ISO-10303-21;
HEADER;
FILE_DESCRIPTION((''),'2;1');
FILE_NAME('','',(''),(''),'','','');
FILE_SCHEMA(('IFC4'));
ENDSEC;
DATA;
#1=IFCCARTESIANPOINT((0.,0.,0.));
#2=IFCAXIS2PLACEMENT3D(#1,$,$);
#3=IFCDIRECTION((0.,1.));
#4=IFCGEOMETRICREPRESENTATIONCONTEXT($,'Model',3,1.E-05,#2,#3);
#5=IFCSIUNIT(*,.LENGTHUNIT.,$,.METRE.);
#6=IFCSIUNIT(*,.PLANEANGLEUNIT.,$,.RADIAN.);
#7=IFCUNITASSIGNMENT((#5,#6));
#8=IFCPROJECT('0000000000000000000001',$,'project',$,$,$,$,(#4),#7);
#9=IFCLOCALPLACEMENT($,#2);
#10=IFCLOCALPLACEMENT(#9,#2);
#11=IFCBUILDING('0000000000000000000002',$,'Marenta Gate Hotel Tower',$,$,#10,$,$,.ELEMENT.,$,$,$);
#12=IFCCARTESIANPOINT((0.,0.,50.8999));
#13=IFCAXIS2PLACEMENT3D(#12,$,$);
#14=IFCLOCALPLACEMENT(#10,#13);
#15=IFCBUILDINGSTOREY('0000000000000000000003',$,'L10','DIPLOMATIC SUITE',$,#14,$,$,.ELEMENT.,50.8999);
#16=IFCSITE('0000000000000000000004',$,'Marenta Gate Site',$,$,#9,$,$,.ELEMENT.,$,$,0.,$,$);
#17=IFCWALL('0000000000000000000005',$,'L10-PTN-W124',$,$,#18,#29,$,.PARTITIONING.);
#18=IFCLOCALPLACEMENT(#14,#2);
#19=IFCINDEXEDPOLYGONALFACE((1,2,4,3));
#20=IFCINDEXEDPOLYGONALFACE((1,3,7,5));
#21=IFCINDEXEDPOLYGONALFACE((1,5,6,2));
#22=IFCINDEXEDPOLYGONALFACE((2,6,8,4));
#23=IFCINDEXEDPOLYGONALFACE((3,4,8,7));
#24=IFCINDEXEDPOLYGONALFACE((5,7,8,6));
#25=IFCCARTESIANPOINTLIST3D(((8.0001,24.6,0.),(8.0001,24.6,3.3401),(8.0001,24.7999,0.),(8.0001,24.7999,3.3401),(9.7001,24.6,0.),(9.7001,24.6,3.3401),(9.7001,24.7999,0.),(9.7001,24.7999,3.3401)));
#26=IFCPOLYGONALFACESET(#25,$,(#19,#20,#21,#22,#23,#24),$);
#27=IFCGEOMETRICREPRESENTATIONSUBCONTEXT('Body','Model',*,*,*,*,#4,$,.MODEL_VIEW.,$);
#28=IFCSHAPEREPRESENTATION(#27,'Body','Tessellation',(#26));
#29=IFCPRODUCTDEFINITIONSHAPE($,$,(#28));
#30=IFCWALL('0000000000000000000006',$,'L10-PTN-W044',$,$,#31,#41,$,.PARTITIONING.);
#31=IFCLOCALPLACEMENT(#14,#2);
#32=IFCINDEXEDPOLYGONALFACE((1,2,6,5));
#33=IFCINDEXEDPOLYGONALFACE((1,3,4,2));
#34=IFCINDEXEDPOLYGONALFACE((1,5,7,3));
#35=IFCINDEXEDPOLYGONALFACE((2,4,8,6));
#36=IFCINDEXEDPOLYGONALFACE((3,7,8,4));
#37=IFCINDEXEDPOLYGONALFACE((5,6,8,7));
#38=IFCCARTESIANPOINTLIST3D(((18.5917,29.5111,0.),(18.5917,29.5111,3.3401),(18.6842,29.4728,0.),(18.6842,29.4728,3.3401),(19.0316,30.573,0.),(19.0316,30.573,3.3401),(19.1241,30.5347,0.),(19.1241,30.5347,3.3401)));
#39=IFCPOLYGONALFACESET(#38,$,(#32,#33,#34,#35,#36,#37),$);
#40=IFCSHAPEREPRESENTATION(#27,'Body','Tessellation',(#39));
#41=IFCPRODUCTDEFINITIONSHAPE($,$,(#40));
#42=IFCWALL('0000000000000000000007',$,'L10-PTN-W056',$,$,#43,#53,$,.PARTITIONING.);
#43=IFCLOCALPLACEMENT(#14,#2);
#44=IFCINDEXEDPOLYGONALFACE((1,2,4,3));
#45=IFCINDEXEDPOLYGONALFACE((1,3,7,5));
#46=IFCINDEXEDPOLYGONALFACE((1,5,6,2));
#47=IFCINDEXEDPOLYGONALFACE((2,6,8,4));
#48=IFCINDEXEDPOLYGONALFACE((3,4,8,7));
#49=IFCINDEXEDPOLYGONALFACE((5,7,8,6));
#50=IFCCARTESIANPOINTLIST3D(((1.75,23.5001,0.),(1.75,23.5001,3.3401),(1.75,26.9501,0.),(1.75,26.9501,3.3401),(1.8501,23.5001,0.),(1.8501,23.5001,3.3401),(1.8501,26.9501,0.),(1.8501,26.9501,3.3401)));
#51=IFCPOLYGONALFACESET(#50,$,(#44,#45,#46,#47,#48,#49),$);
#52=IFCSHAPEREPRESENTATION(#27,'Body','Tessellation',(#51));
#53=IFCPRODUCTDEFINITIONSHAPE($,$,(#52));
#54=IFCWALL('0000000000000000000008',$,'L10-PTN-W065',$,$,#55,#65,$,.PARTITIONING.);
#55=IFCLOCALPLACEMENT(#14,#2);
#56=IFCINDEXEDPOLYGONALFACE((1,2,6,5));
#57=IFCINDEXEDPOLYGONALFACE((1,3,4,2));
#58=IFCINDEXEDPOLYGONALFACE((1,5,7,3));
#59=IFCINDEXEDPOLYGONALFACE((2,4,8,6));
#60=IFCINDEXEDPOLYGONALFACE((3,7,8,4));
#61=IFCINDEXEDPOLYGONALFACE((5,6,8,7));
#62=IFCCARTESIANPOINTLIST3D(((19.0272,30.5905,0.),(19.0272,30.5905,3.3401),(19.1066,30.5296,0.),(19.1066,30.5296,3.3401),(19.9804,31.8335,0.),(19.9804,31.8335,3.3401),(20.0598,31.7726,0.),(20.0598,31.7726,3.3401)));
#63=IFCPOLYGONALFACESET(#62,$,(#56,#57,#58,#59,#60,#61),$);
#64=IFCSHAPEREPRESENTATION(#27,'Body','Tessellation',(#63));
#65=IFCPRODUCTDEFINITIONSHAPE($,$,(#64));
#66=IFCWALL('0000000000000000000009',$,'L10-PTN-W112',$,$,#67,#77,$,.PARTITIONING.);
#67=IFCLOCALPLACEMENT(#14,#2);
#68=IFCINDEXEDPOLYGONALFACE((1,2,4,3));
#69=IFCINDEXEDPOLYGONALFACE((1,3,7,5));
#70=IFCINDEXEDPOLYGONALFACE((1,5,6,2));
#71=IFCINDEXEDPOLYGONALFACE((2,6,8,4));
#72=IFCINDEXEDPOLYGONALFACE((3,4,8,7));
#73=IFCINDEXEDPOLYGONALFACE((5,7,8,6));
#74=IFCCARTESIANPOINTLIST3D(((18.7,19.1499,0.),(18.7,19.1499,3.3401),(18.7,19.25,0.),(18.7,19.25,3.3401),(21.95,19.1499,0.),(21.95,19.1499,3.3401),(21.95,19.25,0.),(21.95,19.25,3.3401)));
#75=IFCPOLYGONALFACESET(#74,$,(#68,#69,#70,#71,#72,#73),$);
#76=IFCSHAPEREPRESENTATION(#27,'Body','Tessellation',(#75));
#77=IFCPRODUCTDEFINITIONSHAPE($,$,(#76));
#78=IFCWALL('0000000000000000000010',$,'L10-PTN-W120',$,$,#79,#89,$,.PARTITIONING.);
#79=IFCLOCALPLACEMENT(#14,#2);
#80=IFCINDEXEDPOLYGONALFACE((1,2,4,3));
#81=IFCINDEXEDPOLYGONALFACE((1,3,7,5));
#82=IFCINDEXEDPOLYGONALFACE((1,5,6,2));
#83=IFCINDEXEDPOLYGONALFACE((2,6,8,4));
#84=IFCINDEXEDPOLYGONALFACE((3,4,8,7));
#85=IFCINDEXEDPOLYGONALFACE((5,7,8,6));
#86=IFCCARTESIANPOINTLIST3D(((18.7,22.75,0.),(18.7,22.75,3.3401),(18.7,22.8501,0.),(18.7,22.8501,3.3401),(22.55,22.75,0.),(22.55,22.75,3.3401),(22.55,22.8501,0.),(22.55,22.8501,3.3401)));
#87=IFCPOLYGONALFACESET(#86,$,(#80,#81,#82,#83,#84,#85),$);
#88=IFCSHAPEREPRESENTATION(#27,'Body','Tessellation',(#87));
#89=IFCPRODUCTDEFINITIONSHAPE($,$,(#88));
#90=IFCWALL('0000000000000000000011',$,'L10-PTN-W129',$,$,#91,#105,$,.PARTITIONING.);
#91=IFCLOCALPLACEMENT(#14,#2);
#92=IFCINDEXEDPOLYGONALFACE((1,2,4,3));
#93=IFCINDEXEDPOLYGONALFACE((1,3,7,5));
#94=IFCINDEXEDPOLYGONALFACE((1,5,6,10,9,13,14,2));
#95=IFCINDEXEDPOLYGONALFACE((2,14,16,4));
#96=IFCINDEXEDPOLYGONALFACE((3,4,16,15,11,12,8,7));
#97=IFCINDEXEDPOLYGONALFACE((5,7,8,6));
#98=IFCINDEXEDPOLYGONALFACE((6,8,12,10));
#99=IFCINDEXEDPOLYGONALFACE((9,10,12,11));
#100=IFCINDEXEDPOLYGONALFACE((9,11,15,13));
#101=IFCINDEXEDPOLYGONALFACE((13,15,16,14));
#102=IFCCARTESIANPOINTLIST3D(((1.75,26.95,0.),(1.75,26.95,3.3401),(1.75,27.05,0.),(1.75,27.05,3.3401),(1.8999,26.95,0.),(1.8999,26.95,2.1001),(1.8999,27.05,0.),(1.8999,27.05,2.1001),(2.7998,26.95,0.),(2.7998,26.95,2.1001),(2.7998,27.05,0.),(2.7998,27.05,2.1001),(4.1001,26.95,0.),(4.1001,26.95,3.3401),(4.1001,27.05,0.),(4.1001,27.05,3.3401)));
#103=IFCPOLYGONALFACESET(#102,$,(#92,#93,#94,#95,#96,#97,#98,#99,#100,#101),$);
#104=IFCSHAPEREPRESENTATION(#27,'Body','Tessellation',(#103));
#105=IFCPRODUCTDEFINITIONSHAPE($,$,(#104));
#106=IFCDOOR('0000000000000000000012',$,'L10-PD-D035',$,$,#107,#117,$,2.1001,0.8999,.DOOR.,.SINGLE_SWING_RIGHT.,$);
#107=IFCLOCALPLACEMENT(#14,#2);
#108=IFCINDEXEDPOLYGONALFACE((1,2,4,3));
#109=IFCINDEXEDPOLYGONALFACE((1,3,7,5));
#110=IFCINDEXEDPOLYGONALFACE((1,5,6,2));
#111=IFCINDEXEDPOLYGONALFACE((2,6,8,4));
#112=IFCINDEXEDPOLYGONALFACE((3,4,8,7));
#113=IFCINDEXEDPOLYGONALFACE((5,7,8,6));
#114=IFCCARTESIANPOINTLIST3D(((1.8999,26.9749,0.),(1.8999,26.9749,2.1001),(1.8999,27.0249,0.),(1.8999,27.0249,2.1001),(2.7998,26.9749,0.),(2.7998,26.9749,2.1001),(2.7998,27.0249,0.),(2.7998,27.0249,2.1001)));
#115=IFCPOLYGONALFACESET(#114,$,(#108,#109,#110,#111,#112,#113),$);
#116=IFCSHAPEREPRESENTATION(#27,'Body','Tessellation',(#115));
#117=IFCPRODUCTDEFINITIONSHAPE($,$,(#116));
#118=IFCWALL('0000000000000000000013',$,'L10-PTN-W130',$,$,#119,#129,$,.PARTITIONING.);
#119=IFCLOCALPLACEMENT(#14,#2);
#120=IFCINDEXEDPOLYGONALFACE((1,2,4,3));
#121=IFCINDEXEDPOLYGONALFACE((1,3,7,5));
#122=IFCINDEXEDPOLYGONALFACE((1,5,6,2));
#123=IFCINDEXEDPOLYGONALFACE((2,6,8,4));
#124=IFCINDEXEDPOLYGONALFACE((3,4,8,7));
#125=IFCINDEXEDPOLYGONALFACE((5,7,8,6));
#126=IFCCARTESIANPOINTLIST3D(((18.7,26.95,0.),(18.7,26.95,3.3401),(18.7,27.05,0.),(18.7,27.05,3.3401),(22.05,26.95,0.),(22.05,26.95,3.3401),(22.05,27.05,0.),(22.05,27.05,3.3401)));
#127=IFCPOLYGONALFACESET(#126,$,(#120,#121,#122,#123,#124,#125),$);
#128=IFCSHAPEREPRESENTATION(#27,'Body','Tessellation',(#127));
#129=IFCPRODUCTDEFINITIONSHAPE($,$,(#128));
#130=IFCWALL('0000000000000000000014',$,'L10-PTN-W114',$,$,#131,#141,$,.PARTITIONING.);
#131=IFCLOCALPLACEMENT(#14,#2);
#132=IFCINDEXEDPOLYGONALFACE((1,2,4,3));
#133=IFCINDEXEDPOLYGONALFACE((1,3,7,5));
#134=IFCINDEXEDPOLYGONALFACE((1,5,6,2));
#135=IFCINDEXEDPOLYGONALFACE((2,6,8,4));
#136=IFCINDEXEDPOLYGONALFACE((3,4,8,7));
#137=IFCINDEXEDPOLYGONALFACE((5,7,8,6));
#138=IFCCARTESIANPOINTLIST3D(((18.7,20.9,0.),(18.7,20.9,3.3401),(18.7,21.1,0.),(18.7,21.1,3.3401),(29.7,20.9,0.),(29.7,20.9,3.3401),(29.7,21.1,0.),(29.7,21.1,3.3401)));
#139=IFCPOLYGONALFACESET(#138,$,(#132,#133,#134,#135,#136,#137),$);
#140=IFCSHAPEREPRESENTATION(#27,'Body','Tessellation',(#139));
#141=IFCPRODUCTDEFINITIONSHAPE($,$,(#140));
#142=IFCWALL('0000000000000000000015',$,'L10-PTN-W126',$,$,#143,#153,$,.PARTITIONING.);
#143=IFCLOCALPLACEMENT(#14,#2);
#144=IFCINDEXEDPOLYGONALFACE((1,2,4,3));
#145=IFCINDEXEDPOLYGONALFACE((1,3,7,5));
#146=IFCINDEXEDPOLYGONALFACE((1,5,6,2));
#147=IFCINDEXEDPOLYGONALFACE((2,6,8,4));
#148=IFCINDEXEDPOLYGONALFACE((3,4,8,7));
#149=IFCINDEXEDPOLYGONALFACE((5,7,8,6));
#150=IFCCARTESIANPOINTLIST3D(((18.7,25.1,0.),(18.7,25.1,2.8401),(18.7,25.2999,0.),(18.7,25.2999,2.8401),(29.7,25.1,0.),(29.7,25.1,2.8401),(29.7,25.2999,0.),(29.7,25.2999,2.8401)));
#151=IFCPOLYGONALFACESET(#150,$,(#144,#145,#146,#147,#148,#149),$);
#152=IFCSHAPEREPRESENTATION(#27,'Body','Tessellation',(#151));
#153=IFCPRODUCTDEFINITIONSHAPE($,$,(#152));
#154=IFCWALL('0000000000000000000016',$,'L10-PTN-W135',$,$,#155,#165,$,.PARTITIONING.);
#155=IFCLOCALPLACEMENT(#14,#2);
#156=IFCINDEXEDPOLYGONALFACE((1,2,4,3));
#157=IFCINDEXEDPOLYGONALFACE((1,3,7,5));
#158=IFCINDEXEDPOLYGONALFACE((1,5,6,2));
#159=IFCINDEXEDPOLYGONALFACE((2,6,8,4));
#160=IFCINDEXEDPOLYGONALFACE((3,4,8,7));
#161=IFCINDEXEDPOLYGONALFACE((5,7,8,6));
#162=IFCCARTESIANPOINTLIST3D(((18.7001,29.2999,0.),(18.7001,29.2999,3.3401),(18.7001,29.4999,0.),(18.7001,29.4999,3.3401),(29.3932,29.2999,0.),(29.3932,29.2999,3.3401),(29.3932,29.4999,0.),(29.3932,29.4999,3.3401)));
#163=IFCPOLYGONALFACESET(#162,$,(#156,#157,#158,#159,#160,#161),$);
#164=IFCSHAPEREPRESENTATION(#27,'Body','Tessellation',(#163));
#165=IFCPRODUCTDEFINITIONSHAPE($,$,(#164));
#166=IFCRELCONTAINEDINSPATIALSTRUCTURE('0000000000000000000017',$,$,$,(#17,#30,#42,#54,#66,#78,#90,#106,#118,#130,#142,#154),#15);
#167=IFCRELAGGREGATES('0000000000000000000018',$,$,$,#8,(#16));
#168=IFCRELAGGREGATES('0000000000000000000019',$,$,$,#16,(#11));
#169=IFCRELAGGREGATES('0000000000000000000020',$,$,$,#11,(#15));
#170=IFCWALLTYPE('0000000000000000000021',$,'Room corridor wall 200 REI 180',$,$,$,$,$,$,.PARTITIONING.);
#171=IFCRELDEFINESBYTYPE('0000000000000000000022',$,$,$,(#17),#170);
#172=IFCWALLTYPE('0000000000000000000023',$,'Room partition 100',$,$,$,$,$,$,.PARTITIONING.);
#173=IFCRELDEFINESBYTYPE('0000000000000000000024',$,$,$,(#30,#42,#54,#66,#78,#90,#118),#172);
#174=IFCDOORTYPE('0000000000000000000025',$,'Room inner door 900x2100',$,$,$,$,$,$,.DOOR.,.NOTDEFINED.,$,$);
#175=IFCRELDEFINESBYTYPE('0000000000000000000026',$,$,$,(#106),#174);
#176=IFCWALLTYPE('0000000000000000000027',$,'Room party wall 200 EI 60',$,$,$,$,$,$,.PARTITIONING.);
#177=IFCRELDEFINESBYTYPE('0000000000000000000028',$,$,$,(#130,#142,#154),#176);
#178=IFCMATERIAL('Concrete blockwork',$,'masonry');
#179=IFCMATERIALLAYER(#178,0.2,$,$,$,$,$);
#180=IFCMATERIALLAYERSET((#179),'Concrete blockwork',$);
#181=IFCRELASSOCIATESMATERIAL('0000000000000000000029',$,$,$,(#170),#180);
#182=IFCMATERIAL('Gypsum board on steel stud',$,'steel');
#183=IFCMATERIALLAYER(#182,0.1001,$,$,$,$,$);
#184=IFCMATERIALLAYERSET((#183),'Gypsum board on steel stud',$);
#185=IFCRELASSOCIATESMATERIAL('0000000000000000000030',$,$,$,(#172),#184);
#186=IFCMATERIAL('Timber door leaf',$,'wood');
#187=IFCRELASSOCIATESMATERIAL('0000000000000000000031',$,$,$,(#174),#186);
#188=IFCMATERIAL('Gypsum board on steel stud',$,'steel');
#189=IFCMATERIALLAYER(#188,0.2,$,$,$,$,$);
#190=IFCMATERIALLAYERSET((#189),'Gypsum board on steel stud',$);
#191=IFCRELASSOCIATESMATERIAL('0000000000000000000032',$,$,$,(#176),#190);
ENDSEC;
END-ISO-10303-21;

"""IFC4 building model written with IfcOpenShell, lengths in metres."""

from ifc_helpers import new_model, si_unit, direction, frame, frame_2d, origin, place, context, subcontext, project, spatial, rectangle, extrude, material, layer, layer_set, type_object, element, fill, save


model = new_model("IFC4")

# Units and contexts
model_context = context("Model", 3, precision=1e-05, world=origin(), true_north=direction((0.0, 1.0)))
body_context = subcontext(model_context, "Body", "Model", "MODEL_VIEW")
ifc_project = project(units=[si_unit("LENGTHUNIT", "METRE"), si_unit("PLANEANGLEUNIT", "RADIAN")], contexts=[model_context])

# Site, building, storey
site_placement = place(None, origin())
site = spatial("IfcSite", under=ifc_project, at=site_placement, Name="Marenta Gate Site", CompositionType="ELEMENT", RefElevation=0.0)
building_placement = place(site_placement, origin())
building = spatial("IfcBuilding", under=site, at=building_placement, Name="Marenta Gate Hotel Tower", CompositionType="ELEMENT")
storey_placement = place(building_placement, frame((0.0, 0.0, 50.8999)))
storey = spatial("IfcBuildingStorey", under=building, at=storey_placement, Name="L10", Description="DIPLOMATIC SUITE", CompositionType="ELEMENT", Elevation=50.8999)

# Shared definitions
ifc_material_1 = material(Name="Concrete blockwork", Category="masonry")
ifc_layer_1 = layer(ifc_material_1, 0.2)
ifc_layer_set_1 = layer_set([ifc_layer_1], Name="Concrete blockwork")
wall_type_1 = type_object("IfcWallType", Name="Room corridor wall 200 REI 180", PredefinedType="PARTITIONING", material=ifc_layer_set_1)

# Walls
wall_1_placement = place(storey_placement, frame((8.0, 24.7, 0.0), z_axis=(0.0, 0.0, 1.0), x_axis=(1.0, 0.0, 0.0)))
element("IfcWall", 1, at=wall_1_placement, inside=storey, type_object=wall_type_1, Name="L10-PTN-W124", PredefinedType="PARTITIONING", context=body_context, shape_type="SweptSolid", body=[
    extrude(rectangle(XDim=1.7, YDim=0.2, at=frame_2d((0.8501, 0.0))), origin(), (0.0, 0.0, 1.0), 3.3401),
])
ifc_material_2 = material(Name="Gypsum board on steel stud", Category="steel")
ifc_layer_2 = layer(ifc_material_2, 0.1001)
ifc_layer_set_2 = layer_set([ifc_layer_2], Name="Gypsum board on steel stud")
wall_type_2 = type_object("IfcWallType", Name="Room partition 100", PredefinedType="PARTITIONING", material=ifc_layer_set_2)
wall_2_placement = place(storey_placement, frame((18.6379, 29.4919, 0.0), z_axis=(0.0, 0.0, 1.0), x_axis=(0.382714, 0.923867, 0.0)))
element("IfcWall", 2, at=wall_2_placement, inside=storey, type_object=wall_type_2, Name="L10-PTN-W044", PredefinedType="PARTITIONING", context=body_context, shape_type="SweptSolid", body=[
    extrude(rectangle(XDim=1.1494, YDim=0.1001, at=frame_2d((0.5747, 0.0))), origin(), (0.0, 0.0, 1.0), 3.3401),
])
wall_3_placement = place(storey_placement, frame((1.8, 23.5, 0.0), z_axis=(0.0, 0.0, 1.0), x_axis=(0.0, 1.0, 0.0)))
element("IfcWall", 3, at=wall_3_placement, inside=storey, type_object=wall_type_2, Name="L10-PTN-W056", PredefinedType="PARTITIONING", context=body_context, shape_type="SweptSolid", body=[
    extrude(rectangle(XDim=3.45, YDim=0.1001, at=frame_2d((1.7251, 0.0))), origin(), (0.0, 0.0, 1.0), 3.3401),
])
wall_4_placement = place(storey_placement, frame((19.0669, 30.5601, 0.0), z_axis=(0.0, 0.0, 1.0), x_axis=(0.60852, 0.793539, 0.0)))
element("IfcWall", 4, at=wall_4_placement, inside=storey, type_object=wall_type_2, Name="L10-PTN-W065", PredefinedType="PARTITIONING", context=body_context, shape_type="SweptSolid", body=[
    extrude(rectangle(XDim=1.5664, YDim=0.1001, at=frame_2d((0.7832, 0.0))), origin(), (0.0, 0.0, 1.0), 3.3401),
])
wall_5_placement = place(storey_placement, frame((18.7, 19.2, 0.0), z_axis=(0.0, 0.0, 1.0), x_axis=(1.0, 0.0, 0.0)))
element("IfcWall", 5, at=wall_5_placement, inside=storey, type_object=wall_type_2, Name="L10-PTN-W112", PredefinedType="PARTITIONING", context=body_context, shape_type="SweptSolid", body=[
    extrude(rectangle(XDim=3.25, YDim=0.1001, at=frame_2d((1.625, 0.0))), origin(), (0.0, 0.0, 1.0), 3.3401),
])
wall_6_placement = place(storey_placement, frame((18.7, 22.8, 0.0), z_axis=(0.0, 0.0, 1.0), x_axis=(1.0, 0.0, 0.0)))
element("IfcWall", 6, at=wall_6_placement, inside=storey, type_object=wall_type_2, Name="L10-PTN-W120", PredefinedType="PARTITIONING", context=body_context, shape_type="SweptSolid", body=[
    extrude(rectangle(XDim=3.8501, YDim=0.1001, at=frame_2d((1.925, 0.0))), origin(), (0.0, 0.0, 1.0), 3.3401),
])

# Wall, opening, door
wall_7_placement = place(storey_placement, frame((1.75, 27.0, 0.0), z_axis=(0.0, 0.0, 1.0), x_axis=(1.0, 0.0, 0.0)))
wall_7 = element("IfcWall", 7, at=wall_7_placement, inside=storey, type_object=wall_type_2, Name="L10-PTN-W129", PredefinedType="PARTITIONING", context=body_context, shape_type="SweptSolid", body=[
    extrude(rectangle(XDim=2.3501, YDim=0.1001, at=frame_2d((1.175, 0.0))), origin(), (0.0, 0.0, 1.0), 3.3401),
])
opening_1_placement = place(wall_7_placement, frame((0.1499, 0.0, 0.0)))
opening_1 = element("IfcOpeningElement", 8, at=opening_1_placement, cuts=wall_7, PredefinedType="OPENING", context=body_context, shape_type="SweptSolid", body=[
    extrude(rectangle(XDim=0.8999, YDim=2.1001, at=frame_2d((0.45, 1.05))), frame((0.0, 0.05, 0.0), z_axis=(0.0, -1.0, 0.0), x_axis=(1.0, 0.0, 0.0)), (0.0, 0.0, 1.0), 0.1001),
])
ifc_material_3 = material(Name="Timber door leaf", Category="wood")
door_type_1 = type_object("IfcDoorType", Name="Room inner door 900x2100", OperationType="NOTDEFINED", PredefinedType="DOOR", material=ifc_material_3)
door_1_placement = place(opening_1_placement, origin())
door_1 = element("IfcDoor", 9, at=door_1_placement, inside=storey, type_object=door_type_1, Name="L10-PD-D035", OperationType="SINGLE_SWING_RIGHT", OverallHeight=2.1001, OverallWidth=0.8999, PredefinedType="DOOR", context=body_context, shape_type="SweptSolid", body=[
    extrude(rectangle(XDim=0.8999, YDim=2.1001, at=frame_2d((0.45, 1.05))), frame((0.0, 0.0249, 0.0), z_axis=(0.0, -1.0, 0.0), x_axis=(1.0, 0.0, 0.0)), (0.0, 0.0, 1.0), 0.05),
])
fill(opening_1, door_1)

# Walls
wall_8_placement = place(storey_placement, frame((18.7, 27.0, 0.0), z_axis=(0.0, 0.0, 1.0), x_axis=(1.0, 0.0, 0.0)))
element("IfcWall", 10, at=wall_8_placement, inside=storey, type_object=wall_type_2, Name="L10-PTN-W130", PredefinedType="PARTITIONING", context=body_context, shape_type="SweptSolid", body=[
    extrude(rectangle(XDim=3.3501, YDim=0.1001, at=frame_2d((1.675, 0.0))), origin(), (0.0, 0.0, 1.0), 3.3401),
])
ifc_material_4 = material(Name="Gypsum board on steel stud", Category="steel")
ifc_layer_3 = layer(ifc_material_4, 0.2)
ifc_layer_set_3 = layer_set([ifc_layer_3], Name="Gypsum board on steel stud")
wall_type_3 = type_object("IfcWallType", Name="Room party wall 200 EI 60", PredefinedType="PARTITIONING", material=ifc_layer_set_3)
wall_9_placement = place(storey_placement, frame((18.7, 21.0, 0.0), z_axis=(0.0, 0.0, 1.0), x_axis=(1.0, 0.0, 0.0)))
element("IfcWall", 11, at=wall_9_placement, inside=storey, type_object=wall_type_3, Name="L10-PTN-W114", PredefinedType="PARTITIONING", context=body_context, shape_type="SweptSolid", body=[
    extrude(rectangle(XDim=11.0, YDim=0.2, at=frame_2d((5.5, 0.0))), origin(), (0.0, 0.0, 1.0), 3.3401),
])
wall_10_placement = place(storey_placement, frame((18.7, 25.2, 0.0), z_axis=(0.0, 0.0, 1.0), x_axis=(1.0, 0.0, 0.0)))
element("IfcWall", 12, at=wall_10_placement, inside=storey, type_object=wall_type_3, Name="L10-PTN-W126", PredefinedType="PARTITIONING", context=body_context, shape_type="SweptSolid", body=[
    extrude(rectangle(XDim=11.0, YDim=0.2, at=frame_2d((5.5, 0.0))), origin(), (0.0, 0.0, 1.0), 2.8401),
])
wall_11_placement = place(storey_placement, frame((18.7, 29.3999, 0.0), z_axis=(0.0, 0.0, 1.0), x_axis=(1.0, 0.0, 0.0)))
element("IfcWall", 13, at=wall_11_placement, inside=storey, type_object=wall_type_3, Name="L10-PTN-W135", PredefinedType="PARTITIONING", context=body_context, shape_type="SweptSolid", body=[
    extrude(rectangle(XDim=10.6931, YDim=0.2, at=frame_2d((5.3467, 0.0))), origin(), (0.0, 0.0, 1.0), 3.3401),
])

save(model, "model.ifc")
